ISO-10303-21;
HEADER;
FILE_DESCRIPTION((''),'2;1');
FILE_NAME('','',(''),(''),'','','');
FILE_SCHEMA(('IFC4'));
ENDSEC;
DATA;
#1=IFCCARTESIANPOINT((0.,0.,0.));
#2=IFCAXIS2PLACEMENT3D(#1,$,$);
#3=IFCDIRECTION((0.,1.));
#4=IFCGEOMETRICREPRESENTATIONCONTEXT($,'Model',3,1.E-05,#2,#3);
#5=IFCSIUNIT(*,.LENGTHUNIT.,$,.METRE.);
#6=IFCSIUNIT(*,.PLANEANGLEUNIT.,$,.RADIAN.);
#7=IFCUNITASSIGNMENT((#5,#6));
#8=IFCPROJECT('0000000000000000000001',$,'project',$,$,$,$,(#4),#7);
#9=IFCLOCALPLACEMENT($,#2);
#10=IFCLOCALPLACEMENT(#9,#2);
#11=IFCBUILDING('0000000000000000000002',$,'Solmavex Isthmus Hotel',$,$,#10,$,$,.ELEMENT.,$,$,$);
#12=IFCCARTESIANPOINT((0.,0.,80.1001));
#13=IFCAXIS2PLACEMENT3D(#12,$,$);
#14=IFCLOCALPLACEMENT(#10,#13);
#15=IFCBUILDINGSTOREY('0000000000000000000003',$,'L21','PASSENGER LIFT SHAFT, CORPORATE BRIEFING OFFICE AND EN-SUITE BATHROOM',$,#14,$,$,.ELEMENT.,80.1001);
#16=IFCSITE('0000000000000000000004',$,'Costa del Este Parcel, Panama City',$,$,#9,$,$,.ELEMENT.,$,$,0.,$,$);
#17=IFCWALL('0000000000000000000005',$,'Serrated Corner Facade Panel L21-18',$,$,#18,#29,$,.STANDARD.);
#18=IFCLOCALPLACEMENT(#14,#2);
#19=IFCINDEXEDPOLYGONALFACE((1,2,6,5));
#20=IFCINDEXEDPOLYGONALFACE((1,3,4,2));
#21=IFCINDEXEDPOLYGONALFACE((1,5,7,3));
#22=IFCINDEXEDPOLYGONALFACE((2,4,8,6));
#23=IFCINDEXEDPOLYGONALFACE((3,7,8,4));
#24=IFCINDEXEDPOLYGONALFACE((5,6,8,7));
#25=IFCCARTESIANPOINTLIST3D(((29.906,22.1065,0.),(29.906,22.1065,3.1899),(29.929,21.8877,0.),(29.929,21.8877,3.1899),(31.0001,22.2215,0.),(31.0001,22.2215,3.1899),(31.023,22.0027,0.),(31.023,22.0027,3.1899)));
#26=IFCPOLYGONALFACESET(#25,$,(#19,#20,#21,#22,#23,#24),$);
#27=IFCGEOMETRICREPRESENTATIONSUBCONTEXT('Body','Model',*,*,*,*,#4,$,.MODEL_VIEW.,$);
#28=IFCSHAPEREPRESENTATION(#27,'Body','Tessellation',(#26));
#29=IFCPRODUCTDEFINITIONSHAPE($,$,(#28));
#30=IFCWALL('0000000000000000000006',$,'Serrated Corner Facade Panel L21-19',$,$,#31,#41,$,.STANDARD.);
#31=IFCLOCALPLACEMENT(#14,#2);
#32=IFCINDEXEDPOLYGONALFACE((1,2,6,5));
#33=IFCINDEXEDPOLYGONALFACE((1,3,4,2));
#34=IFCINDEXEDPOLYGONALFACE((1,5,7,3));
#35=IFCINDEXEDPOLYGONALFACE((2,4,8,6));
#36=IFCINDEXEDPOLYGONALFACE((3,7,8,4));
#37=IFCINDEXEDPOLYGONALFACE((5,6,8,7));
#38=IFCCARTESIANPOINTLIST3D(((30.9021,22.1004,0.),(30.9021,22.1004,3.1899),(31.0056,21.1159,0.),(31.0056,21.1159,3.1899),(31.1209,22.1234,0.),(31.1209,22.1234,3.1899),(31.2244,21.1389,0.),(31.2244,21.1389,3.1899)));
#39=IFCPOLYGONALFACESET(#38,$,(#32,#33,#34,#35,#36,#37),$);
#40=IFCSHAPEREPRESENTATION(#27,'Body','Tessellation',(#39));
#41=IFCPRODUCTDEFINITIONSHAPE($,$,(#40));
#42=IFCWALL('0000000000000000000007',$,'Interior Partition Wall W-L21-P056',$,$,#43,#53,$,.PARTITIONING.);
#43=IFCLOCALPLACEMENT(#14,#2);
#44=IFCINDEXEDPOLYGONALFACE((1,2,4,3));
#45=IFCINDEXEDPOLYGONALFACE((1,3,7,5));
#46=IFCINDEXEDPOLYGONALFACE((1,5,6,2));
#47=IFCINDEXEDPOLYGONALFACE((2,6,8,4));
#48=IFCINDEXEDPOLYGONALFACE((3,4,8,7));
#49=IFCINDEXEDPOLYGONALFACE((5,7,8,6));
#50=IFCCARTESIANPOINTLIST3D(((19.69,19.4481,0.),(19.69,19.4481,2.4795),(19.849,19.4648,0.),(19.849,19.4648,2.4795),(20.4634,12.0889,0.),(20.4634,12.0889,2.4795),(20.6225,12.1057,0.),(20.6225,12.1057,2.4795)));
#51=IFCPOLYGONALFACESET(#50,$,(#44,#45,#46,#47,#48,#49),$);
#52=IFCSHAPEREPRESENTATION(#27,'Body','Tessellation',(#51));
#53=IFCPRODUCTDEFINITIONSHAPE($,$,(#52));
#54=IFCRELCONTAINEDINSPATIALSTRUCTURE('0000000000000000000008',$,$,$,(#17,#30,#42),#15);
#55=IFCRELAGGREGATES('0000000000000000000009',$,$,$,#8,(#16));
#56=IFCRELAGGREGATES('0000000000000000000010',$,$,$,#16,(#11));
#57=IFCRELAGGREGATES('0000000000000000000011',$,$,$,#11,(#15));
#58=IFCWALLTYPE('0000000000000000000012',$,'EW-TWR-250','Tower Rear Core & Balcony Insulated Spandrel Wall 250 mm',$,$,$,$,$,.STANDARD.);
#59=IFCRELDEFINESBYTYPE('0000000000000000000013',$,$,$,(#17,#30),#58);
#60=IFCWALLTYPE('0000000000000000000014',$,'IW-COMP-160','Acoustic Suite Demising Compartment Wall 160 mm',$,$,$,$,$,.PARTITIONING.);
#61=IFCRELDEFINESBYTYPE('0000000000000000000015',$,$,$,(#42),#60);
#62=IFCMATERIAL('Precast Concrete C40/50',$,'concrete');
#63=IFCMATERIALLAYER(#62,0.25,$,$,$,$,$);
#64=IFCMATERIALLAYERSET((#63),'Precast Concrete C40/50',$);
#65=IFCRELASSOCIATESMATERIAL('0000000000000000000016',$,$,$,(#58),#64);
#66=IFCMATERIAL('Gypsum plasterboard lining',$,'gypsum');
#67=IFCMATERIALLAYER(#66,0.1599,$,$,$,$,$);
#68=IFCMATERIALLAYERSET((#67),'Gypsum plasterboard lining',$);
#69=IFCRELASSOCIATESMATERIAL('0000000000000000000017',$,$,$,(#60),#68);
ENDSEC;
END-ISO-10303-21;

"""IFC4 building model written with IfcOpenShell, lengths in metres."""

from ifc_helpers import new_model, si_unit, direction, frame, frame_2d, origin, place, context, subcontext, project, spatial, rectangle, extrude, material, layer, layer_set, type_object, element, save


model = new_model("IFC4")

# Units and contexts
model_context = context("Model", 3, precision=1e-05, world=origin(), true_north=direction((0.0, 1.0)))
body_context = subcontext(model_context, "Body", "Model", "MODEL_VIEW")
ifc_project = project(units=[si_unit("LENGTHUNIT", "METRE"), si_unit("PLANEANGLEUNIT", "RADIAN")], contexts=[model_context])

# Site, building, storey
site_placement = place(None, origin())
site = spatial("IfcSite", under=ifc_project, at=site_placement, Name="Costa del Este Parcel, Panama City", CompositionType="ELEMENT", RefElevation=0.0)
building_placement = place(site_placement, origin())
building = spatial("IfcBuilding", under=site, at=building_placement, Name="Solmavex Isthmus Hotel", CompositionType="ELEMENT")
storey_placement = place(building_placement, frame((0.0, 0.0, 80.1001)))
storey = spatial("IfcBuildingStorey", under=building, at=storey_placement, Name="L21", Description="PASSENGER LIFT SHAFT, CORPORATE BRIEFING OFFICE AND EN-SUITE BATHROOM", CompositionType="ELEMENT", Elevation=80.1001)

# Walls
ifc_material_1 = material(Name="Precast Concrete C40/50", Category="concrete")
ifc_layer_1 = layer(ifc_material_1, 0.25)
ifc_layer_set_1 = layer_set([ifc_layer_1], Name="Precast Concrete C40/50")
wall_type_1 = type_object("IfcWallType", Name="EW-TWR-250", Description="Tower Rear Core & Balcony Insulated Spandrel Wall 250 mm", PredefinedType="STANDARD", material=ifc_layer_set_1)
for number, where, z_axis, x_axis, name in (
    (1, (29.9175, 21.9971, 0.0), (0.0, 0.0, 1.0), (0.994521, 0.104535, 0.0), "Serrated Corner Facade Panel L21-18"),
):
    element("IfcWall", number, at=place(storey_placement, frame(where, z_axis=z_axis, x_axis=x_axis)), inside=storey, type_object=wall_type_1, Name=name, PredefinedType="STANDARD", context=body_context, shape_type="SweptSolid", body=[
        extrude(rectangle(XDim=1.1001, YDim=0.22, at=frame_2d((0.55, 0.0))), origin(), (0.0, 0.0, 1.0), 3.1899),
    ])
wall_1_placement = place(storey_placement, frame((31.0115, 22.1121, 0.0), z_axis=(0.0, 0.0, 1.0), x_axis=(0.104556, -0.994519, 0.0)))
element("IfcWall", 2, at=wall_1_placement, inside=storey, type_object=wall_type_1, Name="Serrated Corner Facade Panel L21-19", PredefinedType="STANDARD", context=body_context, shape_type="SweptSolid", body=[
    extrude(rectangle(XDim=0.99, YDim=0.22, at=frame_2d((0.4951, 0.0))), origin(), (0.0, 0.0, 1.0), 3.1899),
])
ifc_material_2 = material(Name="Gypsum plasterboard lining", Category="gypsum")
ifc_layer_2 = layer(ifc_material_2, 0.1599)
ifc_layer_set_2 = layer_set([ifc_layer_2], Name="Gypsum plasterboard lining")
wall_type_2 = type_object("IfcWallType", Name="IW-COMP-160", Description="Acoustic Suite Demising Compartment Wall 160 mm", PredefinedType="PARTITIONING", material=ifc_layer_set_2)
wall_2_placement = place(storey_placement, frame((19.7695, 19.4563, 0.0), z_axis=(0.0, 0.0, 1.0), x_axis=(0.104523, -0.994522, 0.0)))
element("IfcWall", 3, at=wall_2_placement, inside=storey, type_object=wall_type_2, Name="Interior Partition Wall W-L21-P056", PredefinedType="PARTITIONING", context=body_context, shape_type="SweptSolid", body=[
    extrude(rectangle(XDim=7.3997, YDim=0.1599, at=frame_2d((3.6997, 0.0))), origin(), (0.0, 0.0, 1.0), 2.4795),
])

save(model, "model.ifc")
